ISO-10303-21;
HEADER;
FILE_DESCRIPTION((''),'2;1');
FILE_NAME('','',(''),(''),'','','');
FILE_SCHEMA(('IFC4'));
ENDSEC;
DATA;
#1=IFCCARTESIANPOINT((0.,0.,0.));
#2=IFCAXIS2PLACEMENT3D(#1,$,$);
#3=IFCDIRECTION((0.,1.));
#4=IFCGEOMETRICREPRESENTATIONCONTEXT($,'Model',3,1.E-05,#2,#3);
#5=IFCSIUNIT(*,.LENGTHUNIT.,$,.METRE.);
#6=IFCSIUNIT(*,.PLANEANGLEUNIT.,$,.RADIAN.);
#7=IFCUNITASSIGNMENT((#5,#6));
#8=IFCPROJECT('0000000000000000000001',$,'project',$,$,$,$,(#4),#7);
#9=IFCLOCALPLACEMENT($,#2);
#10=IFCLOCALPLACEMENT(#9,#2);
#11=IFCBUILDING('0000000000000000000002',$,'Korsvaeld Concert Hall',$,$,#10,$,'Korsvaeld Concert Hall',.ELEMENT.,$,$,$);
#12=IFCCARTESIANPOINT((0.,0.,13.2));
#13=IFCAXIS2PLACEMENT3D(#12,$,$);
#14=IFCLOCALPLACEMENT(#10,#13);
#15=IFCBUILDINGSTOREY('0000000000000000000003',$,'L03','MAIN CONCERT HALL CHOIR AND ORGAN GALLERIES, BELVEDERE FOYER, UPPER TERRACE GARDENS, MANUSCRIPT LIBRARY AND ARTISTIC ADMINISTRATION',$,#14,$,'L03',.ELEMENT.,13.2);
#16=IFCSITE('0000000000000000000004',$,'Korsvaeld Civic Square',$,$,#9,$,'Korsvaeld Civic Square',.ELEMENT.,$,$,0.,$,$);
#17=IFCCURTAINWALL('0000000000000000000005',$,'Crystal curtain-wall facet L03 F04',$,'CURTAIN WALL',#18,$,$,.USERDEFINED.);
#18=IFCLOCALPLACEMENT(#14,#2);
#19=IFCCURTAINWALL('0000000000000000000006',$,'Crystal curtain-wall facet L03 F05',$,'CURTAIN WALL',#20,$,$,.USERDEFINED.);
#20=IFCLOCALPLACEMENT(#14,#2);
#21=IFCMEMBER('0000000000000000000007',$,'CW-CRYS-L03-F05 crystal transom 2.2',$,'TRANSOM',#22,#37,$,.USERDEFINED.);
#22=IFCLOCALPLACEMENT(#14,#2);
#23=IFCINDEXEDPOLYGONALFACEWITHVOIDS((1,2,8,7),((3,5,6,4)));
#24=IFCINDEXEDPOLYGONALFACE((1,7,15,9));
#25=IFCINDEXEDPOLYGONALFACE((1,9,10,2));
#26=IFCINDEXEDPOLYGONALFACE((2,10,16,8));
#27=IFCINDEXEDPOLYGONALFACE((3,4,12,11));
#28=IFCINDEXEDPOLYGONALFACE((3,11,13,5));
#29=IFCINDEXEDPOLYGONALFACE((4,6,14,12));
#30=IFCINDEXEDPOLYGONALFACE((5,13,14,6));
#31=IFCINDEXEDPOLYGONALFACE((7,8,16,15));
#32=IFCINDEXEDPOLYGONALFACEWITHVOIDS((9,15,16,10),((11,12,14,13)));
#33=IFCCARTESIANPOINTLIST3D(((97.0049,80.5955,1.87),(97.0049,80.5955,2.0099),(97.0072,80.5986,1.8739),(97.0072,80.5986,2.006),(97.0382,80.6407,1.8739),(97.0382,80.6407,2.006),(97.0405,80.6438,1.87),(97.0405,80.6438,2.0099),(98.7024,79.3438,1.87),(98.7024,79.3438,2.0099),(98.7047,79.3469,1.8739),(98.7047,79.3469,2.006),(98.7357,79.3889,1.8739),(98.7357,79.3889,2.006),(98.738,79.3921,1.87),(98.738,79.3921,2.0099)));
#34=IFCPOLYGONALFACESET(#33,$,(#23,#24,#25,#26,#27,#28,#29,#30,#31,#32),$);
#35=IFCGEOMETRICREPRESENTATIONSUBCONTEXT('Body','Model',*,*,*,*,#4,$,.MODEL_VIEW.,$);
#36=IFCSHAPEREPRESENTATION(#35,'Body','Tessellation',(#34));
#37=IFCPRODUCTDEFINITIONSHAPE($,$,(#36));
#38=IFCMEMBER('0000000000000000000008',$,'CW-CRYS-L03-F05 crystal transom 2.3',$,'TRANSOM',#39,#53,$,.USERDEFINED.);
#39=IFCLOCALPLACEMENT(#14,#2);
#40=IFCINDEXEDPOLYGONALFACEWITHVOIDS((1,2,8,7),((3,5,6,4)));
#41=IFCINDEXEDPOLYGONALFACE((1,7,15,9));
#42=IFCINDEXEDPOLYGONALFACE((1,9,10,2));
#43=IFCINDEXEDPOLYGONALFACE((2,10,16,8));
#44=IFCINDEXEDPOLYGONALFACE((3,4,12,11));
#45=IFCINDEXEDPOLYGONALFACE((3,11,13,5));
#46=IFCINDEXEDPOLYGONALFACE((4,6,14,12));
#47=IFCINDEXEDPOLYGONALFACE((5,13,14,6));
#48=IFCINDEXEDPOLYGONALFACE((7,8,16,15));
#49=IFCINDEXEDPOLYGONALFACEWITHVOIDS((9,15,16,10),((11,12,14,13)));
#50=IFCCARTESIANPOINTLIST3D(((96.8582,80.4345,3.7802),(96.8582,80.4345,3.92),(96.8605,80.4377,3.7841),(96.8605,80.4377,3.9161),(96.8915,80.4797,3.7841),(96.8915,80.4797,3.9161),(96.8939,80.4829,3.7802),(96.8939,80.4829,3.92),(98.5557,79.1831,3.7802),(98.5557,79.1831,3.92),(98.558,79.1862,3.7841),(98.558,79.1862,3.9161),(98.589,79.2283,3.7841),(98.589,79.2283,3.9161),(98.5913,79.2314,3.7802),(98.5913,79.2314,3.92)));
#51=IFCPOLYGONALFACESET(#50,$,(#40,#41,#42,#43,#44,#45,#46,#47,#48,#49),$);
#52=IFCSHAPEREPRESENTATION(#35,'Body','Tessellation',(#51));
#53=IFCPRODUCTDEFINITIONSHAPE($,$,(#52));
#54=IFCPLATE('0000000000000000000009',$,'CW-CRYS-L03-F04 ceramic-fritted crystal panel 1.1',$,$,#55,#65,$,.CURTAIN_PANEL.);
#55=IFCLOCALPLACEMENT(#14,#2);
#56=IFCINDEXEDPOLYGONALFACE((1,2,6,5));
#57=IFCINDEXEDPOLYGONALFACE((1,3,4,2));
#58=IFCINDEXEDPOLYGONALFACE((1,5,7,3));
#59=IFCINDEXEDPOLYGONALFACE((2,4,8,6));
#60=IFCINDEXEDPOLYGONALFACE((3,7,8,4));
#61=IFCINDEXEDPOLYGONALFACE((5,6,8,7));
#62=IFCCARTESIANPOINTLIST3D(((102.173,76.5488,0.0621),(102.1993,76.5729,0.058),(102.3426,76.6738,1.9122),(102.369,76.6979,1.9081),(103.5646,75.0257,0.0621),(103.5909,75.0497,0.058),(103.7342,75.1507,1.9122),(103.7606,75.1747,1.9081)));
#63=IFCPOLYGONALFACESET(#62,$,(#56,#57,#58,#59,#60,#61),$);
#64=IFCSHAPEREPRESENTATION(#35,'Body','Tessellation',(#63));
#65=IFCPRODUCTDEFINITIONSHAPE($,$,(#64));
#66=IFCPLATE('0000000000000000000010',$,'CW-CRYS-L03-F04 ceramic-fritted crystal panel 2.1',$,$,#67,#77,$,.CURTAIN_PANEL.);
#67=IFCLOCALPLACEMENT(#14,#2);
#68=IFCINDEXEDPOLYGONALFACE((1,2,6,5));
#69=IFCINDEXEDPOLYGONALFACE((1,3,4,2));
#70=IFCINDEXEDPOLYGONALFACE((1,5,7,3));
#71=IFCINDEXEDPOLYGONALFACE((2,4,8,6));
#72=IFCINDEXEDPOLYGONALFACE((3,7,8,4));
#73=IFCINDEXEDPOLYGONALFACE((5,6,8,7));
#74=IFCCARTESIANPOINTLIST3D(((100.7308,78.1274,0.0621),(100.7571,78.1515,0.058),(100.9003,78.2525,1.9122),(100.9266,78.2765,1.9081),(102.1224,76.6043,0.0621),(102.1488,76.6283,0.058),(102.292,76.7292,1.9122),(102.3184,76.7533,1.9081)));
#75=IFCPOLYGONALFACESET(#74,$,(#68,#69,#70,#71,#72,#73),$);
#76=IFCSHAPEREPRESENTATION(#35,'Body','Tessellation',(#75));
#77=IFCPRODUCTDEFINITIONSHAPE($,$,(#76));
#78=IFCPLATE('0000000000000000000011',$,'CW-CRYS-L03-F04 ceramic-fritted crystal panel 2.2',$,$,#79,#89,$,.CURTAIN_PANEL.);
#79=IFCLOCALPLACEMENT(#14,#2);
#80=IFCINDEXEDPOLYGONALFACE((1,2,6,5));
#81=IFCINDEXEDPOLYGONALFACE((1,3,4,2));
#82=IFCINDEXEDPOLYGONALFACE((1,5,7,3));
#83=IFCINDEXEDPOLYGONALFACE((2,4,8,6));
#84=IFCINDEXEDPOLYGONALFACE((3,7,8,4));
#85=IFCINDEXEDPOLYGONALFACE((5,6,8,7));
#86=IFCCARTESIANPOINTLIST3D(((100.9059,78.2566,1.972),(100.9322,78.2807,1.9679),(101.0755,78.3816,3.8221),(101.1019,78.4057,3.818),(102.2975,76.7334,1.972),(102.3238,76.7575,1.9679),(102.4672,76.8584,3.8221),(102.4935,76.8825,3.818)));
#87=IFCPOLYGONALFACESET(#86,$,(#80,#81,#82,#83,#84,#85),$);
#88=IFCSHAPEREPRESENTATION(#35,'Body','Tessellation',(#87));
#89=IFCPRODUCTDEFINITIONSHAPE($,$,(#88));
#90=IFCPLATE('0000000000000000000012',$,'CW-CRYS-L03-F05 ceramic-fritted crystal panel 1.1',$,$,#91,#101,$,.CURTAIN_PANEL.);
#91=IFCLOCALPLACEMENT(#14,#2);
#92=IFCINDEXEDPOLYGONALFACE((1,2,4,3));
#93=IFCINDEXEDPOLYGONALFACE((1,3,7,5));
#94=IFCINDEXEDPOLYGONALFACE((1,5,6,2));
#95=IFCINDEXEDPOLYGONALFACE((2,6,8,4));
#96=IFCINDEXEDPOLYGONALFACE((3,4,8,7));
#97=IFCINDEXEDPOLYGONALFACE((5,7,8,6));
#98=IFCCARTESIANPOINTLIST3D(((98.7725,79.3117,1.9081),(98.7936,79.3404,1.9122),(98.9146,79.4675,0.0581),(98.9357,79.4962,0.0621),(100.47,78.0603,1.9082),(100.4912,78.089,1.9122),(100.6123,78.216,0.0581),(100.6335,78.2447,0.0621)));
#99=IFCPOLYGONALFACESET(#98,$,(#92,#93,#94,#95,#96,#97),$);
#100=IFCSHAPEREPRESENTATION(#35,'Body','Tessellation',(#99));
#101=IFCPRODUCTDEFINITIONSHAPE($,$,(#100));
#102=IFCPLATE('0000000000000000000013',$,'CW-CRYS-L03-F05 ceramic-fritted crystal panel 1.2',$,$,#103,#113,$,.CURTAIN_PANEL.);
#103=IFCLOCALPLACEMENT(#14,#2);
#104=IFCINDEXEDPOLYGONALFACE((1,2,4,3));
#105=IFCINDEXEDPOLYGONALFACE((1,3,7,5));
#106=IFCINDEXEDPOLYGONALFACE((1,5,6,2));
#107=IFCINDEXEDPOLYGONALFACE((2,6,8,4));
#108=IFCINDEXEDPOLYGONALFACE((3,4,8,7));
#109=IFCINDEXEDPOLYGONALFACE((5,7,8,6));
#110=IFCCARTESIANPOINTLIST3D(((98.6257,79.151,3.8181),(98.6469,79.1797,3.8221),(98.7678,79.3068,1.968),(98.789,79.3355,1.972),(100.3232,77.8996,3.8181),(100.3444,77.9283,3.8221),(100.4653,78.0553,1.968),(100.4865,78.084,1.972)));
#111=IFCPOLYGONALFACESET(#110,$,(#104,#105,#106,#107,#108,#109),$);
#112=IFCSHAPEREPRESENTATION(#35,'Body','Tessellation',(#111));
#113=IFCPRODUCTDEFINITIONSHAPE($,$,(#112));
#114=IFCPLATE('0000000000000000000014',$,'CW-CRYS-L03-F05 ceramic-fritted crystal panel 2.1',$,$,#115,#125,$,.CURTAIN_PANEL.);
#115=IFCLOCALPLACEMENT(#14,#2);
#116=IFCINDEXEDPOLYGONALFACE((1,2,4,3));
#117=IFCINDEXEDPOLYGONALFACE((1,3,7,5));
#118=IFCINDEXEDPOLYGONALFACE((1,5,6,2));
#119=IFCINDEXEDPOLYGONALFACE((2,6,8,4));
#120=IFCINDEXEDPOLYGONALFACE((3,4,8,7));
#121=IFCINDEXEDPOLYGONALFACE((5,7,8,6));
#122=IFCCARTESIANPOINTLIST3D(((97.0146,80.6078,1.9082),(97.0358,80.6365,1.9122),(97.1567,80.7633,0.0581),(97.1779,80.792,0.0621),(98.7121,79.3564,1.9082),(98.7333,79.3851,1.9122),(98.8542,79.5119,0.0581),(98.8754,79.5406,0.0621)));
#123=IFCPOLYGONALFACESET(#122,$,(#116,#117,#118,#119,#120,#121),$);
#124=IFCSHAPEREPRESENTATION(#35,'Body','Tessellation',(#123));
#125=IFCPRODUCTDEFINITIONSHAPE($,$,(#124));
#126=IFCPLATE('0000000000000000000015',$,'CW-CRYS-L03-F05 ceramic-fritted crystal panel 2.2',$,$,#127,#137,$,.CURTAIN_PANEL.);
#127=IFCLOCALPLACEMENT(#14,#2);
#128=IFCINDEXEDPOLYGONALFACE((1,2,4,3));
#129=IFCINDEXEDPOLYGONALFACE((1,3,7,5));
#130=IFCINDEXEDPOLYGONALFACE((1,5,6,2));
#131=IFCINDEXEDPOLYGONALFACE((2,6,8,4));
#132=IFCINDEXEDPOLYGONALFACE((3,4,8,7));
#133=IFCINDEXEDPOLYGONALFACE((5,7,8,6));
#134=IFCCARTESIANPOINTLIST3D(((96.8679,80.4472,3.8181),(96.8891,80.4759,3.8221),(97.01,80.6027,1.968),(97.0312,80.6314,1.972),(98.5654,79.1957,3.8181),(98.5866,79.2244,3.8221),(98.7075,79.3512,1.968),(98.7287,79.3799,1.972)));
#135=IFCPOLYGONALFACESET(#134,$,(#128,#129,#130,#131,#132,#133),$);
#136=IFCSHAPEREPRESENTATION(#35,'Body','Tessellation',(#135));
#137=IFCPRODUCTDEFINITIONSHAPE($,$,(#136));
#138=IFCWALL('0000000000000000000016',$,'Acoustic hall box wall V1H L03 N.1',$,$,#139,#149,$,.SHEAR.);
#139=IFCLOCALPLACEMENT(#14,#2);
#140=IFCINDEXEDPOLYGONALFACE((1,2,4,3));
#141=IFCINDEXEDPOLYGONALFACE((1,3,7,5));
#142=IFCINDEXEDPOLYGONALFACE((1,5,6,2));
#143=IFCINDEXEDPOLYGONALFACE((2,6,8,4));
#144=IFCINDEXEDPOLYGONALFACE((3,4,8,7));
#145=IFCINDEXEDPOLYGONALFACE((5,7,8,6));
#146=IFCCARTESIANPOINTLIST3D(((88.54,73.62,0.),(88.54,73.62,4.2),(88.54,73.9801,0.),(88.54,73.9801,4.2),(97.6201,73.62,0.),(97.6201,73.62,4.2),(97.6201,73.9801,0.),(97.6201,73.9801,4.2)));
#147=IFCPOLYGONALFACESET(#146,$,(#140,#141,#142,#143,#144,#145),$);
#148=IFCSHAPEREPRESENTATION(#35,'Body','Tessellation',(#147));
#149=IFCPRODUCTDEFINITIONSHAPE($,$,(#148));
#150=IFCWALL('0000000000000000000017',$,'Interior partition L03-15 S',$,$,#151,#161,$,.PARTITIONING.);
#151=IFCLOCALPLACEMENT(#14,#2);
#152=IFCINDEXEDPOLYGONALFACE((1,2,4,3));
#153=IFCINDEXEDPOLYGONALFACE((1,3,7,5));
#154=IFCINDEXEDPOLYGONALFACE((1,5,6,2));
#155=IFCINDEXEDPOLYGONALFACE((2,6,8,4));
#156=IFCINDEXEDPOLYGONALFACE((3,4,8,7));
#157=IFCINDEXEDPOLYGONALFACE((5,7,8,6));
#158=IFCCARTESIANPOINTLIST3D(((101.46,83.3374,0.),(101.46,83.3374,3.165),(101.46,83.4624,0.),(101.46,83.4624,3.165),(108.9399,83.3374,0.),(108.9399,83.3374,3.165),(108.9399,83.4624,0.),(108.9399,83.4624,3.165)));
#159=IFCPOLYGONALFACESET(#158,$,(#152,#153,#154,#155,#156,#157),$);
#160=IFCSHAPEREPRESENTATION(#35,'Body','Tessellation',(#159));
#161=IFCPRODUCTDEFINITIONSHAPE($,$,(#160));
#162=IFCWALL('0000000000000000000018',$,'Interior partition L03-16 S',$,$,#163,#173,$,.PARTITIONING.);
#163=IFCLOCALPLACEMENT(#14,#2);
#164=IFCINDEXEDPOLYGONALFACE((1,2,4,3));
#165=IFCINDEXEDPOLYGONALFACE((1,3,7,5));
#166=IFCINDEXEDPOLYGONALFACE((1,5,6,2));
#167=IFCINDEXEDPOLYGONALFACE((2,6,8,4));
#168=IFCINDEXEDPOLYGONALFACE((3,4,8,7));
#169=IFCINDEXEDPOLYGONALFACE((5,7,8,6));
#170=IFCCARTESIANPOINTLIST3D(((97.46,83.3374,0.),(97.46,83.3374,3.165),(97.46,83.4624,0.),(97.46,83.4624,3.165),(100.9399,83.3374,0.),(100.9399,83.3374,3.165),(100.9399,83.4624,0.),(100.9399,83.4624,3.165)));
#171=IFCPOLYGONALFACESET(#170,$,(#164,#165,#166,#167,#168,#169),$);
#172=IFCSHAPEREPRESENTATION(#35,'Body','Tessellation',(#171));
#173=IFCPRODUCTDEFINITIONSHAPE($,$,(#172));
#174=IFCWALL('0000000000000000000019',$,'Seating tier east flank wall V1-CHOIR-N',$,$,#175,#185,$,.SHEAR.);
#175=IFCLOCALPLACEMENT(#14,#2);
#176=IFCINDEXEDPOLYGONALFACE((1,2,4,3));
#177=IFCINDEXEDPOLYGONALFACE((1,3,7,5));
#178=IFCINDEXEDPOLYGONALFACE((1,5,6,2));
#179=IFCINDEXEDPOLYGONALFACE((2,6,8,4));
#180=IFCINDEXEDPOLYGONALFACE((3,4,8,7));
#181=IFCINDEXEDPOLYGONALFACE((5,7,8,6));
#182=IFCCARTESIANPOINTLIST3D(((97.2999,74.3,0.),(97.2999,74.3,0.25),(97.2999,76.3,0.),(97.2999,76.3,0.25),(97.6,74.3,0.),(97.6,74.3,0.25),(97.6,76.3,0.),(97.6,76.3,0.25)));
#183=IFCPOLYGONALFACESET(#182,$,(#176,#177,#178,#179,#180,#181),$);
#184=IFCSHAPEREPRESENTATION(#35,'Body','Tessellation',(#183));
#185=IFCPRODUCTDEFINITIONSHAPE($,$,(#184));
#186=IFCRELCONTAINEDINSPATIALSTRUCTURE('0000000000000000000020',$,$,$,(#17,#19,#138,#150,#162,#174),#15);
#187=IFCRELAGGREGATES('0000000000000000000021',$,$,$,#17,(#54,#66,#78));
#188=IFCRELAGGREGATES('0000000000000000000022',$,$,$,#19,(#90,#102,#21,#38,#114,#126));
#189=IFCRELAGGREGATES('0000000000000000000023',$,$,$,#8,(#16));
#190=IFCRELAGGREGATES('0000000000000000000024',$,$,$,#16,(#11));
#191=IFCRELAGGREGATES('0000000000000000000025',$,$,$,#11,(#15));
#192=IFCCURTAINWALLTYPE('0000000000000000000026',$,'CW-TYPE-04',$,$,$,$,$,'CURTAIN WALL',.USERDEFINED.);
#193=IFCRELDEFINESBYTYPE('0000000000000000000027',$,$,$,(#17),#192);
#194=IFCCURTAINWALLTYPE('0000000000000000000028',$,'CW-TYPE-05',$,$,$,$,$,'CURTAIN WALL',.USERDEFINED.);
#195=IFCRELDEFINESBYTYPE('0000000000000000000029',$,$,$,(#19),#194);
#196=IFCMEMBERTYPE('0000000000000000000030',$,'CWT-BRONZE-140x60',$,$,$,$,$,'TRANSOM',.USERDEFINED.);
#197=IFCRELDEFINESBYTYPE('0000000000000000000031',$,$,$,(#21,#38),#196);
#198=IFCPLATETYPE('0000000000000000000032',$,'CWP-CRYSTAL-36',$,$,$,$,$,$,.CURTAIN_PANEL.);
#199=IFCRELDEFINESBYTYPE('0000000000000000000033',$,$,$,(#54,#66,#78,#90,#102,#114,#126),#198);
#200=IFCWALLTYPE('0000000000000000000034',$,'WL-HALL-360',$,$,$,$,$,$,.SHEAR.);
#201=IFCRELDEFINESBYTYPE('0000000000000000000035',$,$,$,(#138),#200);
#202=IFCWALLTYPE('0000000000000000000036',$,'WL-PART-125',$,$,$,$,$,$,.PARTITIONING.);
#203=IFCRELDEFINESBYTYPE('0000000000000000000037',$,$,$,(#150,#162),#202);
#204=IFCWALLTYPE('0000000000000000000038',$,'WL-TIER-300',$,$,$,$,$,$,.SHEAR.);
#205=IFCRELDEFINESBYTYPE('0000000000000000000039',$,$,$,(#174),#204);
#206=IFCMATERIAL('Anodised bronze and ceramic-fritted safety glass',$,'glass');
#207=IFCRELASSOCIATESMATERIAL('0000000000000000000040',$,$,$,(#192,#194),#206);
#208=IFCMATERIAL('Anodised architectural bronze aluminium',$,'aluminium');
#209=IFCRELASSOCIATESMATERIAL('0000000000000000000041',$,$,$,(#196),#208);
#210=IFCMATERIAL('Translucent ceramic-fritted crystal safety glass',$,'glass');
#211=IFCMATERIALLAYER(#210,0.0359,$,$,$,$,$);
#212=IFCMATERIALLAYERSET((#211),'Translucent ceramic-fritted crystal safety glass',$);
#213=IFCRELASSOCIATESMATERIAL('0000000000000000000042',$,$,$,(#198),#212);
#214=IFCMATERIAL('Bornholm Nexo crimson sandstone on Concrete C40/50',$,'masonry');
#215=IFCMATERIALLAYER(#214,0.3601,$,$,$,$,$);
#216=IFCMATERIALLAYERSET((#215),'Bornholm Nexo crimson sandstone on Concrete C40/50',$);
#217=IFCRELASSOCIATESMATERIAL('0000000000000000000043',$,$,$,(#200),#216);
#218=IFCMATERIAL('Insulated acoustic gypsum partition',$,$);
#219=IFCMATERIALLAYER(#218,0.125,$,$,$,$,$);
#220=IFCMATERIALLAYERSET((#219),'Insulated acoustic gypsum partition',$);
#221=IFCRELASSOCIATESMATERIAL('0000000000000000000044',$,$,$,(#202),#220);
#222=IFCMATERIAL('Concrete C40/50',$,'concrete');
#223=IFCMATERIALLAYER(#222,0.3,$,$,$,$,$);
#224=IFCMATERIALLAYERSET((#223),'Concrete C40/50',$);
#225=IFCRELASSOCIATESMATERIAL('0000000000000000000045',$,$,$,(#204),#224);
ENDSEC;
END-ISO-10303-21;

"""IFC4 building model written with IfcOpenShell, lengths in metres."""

from ifc_helpers import new_model, si_unit, direction, frame, frame_2d, origin, origin_2d, place, context, subcontext, project, spatial, polyline, rectangle, hollow_rectangle, outline, extrude, material, layer, layer_set, material_profile, profile_set, type_object, element, aggregate, save


model = new_model("IFC4")

# Units and contexts
model_context = context("Model", 3, precision=1e-05, world=origin(), true_north=direction((0.0, 1.0)))
body_context = subcontext(model_context, "Body", "Model", "MODEL_VIEW")
ifc_project = project(units=[si_unit("LENGTHUNIT", "METRE"), si_unit("PLANEANGLEUNIT", "RADIAN")], contexts=[model_context])

# Site, building, storey
site_placement = place(None, origin())
site = spatial("IfcSite", under=ifc_project, at=site_placement, Name="Korsvaeld Civic Square", LongName="Korsvaeld Civic Square", CompositionType="ELEMENT", RefElevation=0.0)
building_placement = place(site_placement, origin())
building = spatial("IfcBuilding", under=site, at=building_placement, Name="Korsvaeld Concert Hall", LongName="Korsvaeld Concert Hall", CompositionType="ELEMENT")
storey_placement = place(building_placement, frame((0.0, 0.0, 13.2)))
storey = spatial("IfcBuildingStorey", under=building, at=storey_placement, Name="L03", Description="MAIN CONCERT HALL CHOIR AND ORGAN GALLERIES, BELVEDERE FOYER, UPPER TERRACE GARDENS, MANUSCRIPT LIBRARY AND ARTISTIC ADMINISTRATION", LongName="L03", CompositionType="ELEMENT", Elevation=13.2)

# Shared definitions
ifc_material_1 = material(Name="Concrete C40/50", Category="concrete")

# Curtain wall
ifc_material_2 = material(Name="Anodised bronze and ceramic-fritted safety glass", Category="glass")
curtain_wall_type_1 = type_object("IfcCurtainWallType", Name="CW-TYPE-04", ElementType="CURTAIN WALL", PredefinedType="USERDEFINED", material=ifc_material_2)
curtain_wall_1_placement = place(storey_placement, origin())
curtain_wall_1 = element("IfcCurtainWall", 1, at=curtain_wall_1_placement, inside=storey, type_object=curtain_wall_type_1, Name="Crystal curtain-wall facet L03 F04", ObjectType="CURTAIN WALL", PredefinedType="USERDEFINED")
ifc_material_3 = material(Name="Anodised architectural bronze aluminium", Category="aluminium")

# Curtain wall
curtain_wall_type_2 = type_object("IfcCurtainWallType", Name="CW-TYPE-05", ElementType="CURTAIN WALL", PredefinedType="USERDEFINED", material=ifc_material_2)
curtain_wall_2_placement = place(storey_placement, origin())
curtain_wall_2 = element("IfcCurtainWall", 2, at=curtain_wall_2_placement, inside=storey, type_object=curtain_wall_type_2, Name="Crystal curtain-wall facet L03 F05", ObjectType="CURTAIN WALL", PredefinedType="USERDEFINED")

# Members
ifc_material_profile_1 = material_profile(ifc_material_3, hollow_rectangle(XDim=0.0601, YDim=0.1399, WallThickness=0.0039, at=origin_2d()), Name="CWT 140x60x4")
ifc_profile_set_1 = profile_set([ifc_material_profile_1], Name="Anodised architectural bronze aluminium")
member_type_1 = type_object("IfcMemberType", Name="CWT-BRONZE-140x60", ElementType="TRANSOM", PredefinedType="USERDEFINED", material=ifc_profile_set_1)
member_1_placement = place(storey_placement, frame((98.7202, 79.3679, 1.9399), z_axis=(-0.804849, 0.593479, 0.0), x_axis=(-0.593479, -0.804849, 0.0)))
member_1 = element("IfcMember", 3, at=member_1_placement, type_object=member_type_1, Name="CW-CRYS-L03-F05 crystal transom 2.2", ObjectType="TRANSOM", PredefinedType="USERDEFINED", context=body_context, shape_type="SweptSolid", body=[
    extrude(hollow_rectangle(XDim=0.0601, YDim=0.1399, WallThickness=0.0039, at=origin_2d()), origin(), (0.0, 0.0, 1.0), 2.1091),
])
member_2_placement = place(storey_placement, frame((98.5735, 79.2073, 3.8501), z_axis=(-0.804905, 0.593404, 0.0), x_axis=(-0.593404, -0.804905, 0.0)))
member_2 = element("IfcMember", 4, at=member_2_placement, type_object=member_type_1, Name="CW-CRYS-L03-F05 crystal transom 2.3", ObjectType="TRANSOM", PredefinedType="USERDEFINED", context=body_context, shape_type="SweptSolid", body=[
    extrude(hollow_rectangle(XDim=0.0601, YDim=0.1399, WallThickness=0.0039, at=origin_2d()), origin(), (0.0, 0.0, 1.0), 2.1089),
])

# Plates
ifc_material_4 = material(Name="Translucent ceramic-fritted crystal safety glass", Category="glass")
ifc_layer_1 = layer(ifc_material_4, 0.0359)
ifc_layer_set_1 = layer_set([ifc_layer_1], Name="Translucent ceramic-fritted crystal safety glass")
plate_type = type_object("IfcPlateType", Name="CWP-CRYSTAL-36", PredefinedType="CURTAIN_PANEL", material=ifc_layer_set_1)
plate_1_placement = place(storey_placement, frame((103.5776, 75.0376, 0.0601), z_axis=(0.733586, 0.67021, -0.112561), x_axis=(-0.674497, 0.738278, 0.0)))
plate_1 = element("IfcPlate", 5, at=plate_1_placement, type_object=plate_type, Name="CW-CRYS-L03-F04 ceramic-fritted crystal panel 1.1", PredefinedType="CURTAIN_PANEL", context=body_context, shape_type="SweptSolid", body=[
    extrude(outline(polyline([(0.0, 0.0), (2.0632, 0.0), (2.041, 1.8619), (-0.0222, 1.8619), (0.0, 0.0)])), frame((0.0, 0.0, 0.0181)), (0.0, 0.0, -1.0), 0.0359),
])
plate_2_placement = place(storey_placement, frame((102.1355, 76.6162, 0.0601), z_axis=(0.733561, 0.670246, -0.112513), x_axis=(-0.674528, 0.738249, 0.000005)))
plate_2 = element("IfcPlate", 6, at=plate_2_placement, type_object=plate_type, Name="CW-CRYS-L03-F04 ceramic-fritted crystal panel 2.1", PredefinedType="CURTAIN_PANEL", context=body_context, shape_type="SweptSolid", body=[
    extrude(outline(polyline([(0.0, 0.0), (2.0632, 0.0), (2.0412, 1.8619), (-0.0222, 1.8619), (0.0, 0.0)])), frame((0.0, 0.0, 0.0181)), (0.0, 0.0, -1.0), 0.0359),
])
plate_3_placement = place(storey_placement, frame((102.3105, 76.7454, 1.97), z_axis=(0.733586, 0.67021, -0.112561), x_axis=(-0.674497, 0.738278, 0.0)))
plate_3 = element("IfcPlate", 7, at=plate_3_placement, type_object=plate_type, Name="CW-CRYS-L03-F04 ceramic-fritted crystal panel 2.2", PredefinedType="CURTAIN_PANEL", context=body_context, shape_type="SweptSolid", body=[
    extrude(outline(polyline([(0.0, 0.0), (2.0632, 0.0), (2.041, 1.8619), (-0.0222, 1.8619), (0.0, 0.0)])), frame((0.0, 0.0, 0.0181)), (0.0, 0.0, -1.0), 0.0359),
])
aggregate(curtain_wall_1, [plate_1, plate_2, plate_3])
plate_4_placement = place(storey_placement, frame((100.6228, 78.2302, 0.0601), z_axis=(0.589599, 0.799801, 0.112657), x_axis=(-0.804925, 0.593376, 0.000004)))
plate_4 = element("IfcPlate", 8, at=plate_4_placement, type_object=plate_type, Name="CW-CRYS-L03-F05 ceramic-fritted crystal panel 1.1", PredefinedType="CURTAIN_PANEL", context=body_context, shape_type="SweptSolid", body=[
    extrude(outline(polyline([(0.0, 0.0), (2.1092, 0.0), (2.1311, 1.8619), (0.0221, 1.862), (0.0, 0.0)])), frame((0.0, 0.0, 0.0181)), (0.0, 0.0, -1.0), 0.0359),
])
plate_5_placement = place(storey_placement, frame((100.4758, 78.0696, 1.97), z_axis=(0.589629, 0.799784, 0.112619), x_axis=(-0.804905, 0.593404, 0.0)))
plate_5 = element("IfcPlate", 9, at=plate_5_placement, type_object=plate_type, Name="CW-CRYS-L03-F05 ceramic-fritted crystal panel 1.2", PredefinedType="CURTAIN_PANEL", context=body_context, shape_type="SweptSolid", body=[
    extrude(outline(polyline([(0.0, 0.0), (2.109, 0.0), (2.1309, 1.8619), (0.0219, 1.8619), (0.0, 0.0)])), frame((0.0, 0.0, 0.0181)), (0.0, 0.0, -1.0), 0.0359),
])
plate_6_placement = place(storey_placement, frame((98.8647, 79.5261, 0.0601), z_axis=(0.589636, 0.799793, 0.112515), x_axis=(-0.804905, 0.593404, 0.0)))
plate_6 = element("IfcPlate", 10, at=plate_6_placement, type_object=plate_type, Name="CW-CRYS-L03-F05 ceramic-fritted crystal panel 2.1", PredefinedType="CURTAIN_PANEL", context=body_context, shape_type="SweptSolid", body=[
    extrude(outline(polyline([(0.0, 0.0), (2.109, 0.0), (2.131, 1.8619), (0.0221, 1.8619), (0.0, 0.0)])), frame((0.0, 0.0, 0.0181)), (0.0, 0.0, -1.0), 0.0359),
])
plate_7_placement = place(storey_placement, frame((98.718, 79.3655, 1.97), z_axis=(0.589636, 0.799793, 0.112515), x_axis=(-0.804905, 0.593404, 0.0)))
plate_7 = element("IfcPlate", 11, at=plate_7_placement, type_object=plate_type, Name="CW-CRYS-L03-F05 ceramic-fritted crystal panel 2.2", PredefinedType="CURTAIN_PANEL", context=body_context, shape_type="SweptSolid", body=[
    extrude(outline(polyline([(0.0, 0.0), (2.109, 0.0), (2.131, 1.8619), (0.0221, 1.8619), (0.0, 0.0)])), frame((0.0, 0.0, 0.0181)), (0.0, 0.0, -1.0), 0.0359),
])
aggregate(curtain_wall_2, [plate_4, plate_5, member_1, member_2, plate_6, plate_7])

# Walls
ifc_material_5 = material(Name="Bornholm Nexo crimson sandstone on Concrete C40/50", Category="masonry")
ifc_layer_2 = layer(ifc_material_5, 0.3601)
ifc_layer_set_2 = layer_set([ifc_layer_2], Name="Bornholm Nexo crimson sandstone on Concrete C40/50")
wall_type_1 = type_object("IfcWallType", Name="WL-HALL-360", PredefinedType="SHEAR", material=ifc_layer_set_2)
wall_1_placement = place(storey_placement, frame((97.6201, 73.8, 0.0), z_axis=(0.0, 0.0, 1.0), x_axis=(-1.0, 0.0, 0.0)))
element("IfcWall", 12, at=wall_1_placement, inside=storey, type_object=wall_type_1, Name="Acoustic hall box wall V1H L03 N.1", PredefinedType="SHEAR", context=body_context, shape_type="SweptSolid", body=[
    extrude(rectangle(XDim=9.0801, YDim=0.3601, at=frame_2d((4.54, 0.0))), origin(), (0.0, 0.0, 1.0), 4.2),
])
ifc_material_6 = material(Name="Insulated acoustic gypsum partition")
ifc_layer_3 = layer(ifc_material_6, 0.125)
ifc_layer_set_3 = layer_set([ifc_layer_3], Name="Insulated acoustic gypsum partition")
wall_type_2 = type_object("IfcWallType", Name="WL-PART-125", PredefinedType="PARTITIONING", material=ifc_layer_set_3)
wall_2_placement = place(storey_placement, frame((101.46, 83.3999, 0.0), z_axis=(0.0, 0.0, 1.0), x_axis=(1.0, 0.0, 0.0)))
element("IfcWall", 13, at=wall_2_placement, inside=storey, type_object=wall_type_2, Name="Interior partition L03-15 S", PredefinedType="PARTITIONING", context=body_context, shape_type="SweptSolid", body=[
    extrude(rectangle(XDim=7.48, YDim=0.125, at=frame_2d((3.74, 0.0))), origin(), (0.0, 0.0, 1.0), 3.165),
])
wall_3_placement = place(storey_placement, frame((97.46, 83.3999, 0.0), z_axis=(0.0, 0.0, 1.0), x_axis=(1.0, 0.0, 0.0)))
element("IfcWall", 14, at=wall_3_placement, inside=storey, type_object=wall_type_2, Name="Interior partition L03-16 S", PredefinedType="PARTITIONING", context=body_context, shape_type="SweptSolid", body=[
    extrude(rectangle(XDim=3.48, YDim=0.125, at=frame_2d((1.74, 0.0))), origin(), (0.0, 0.0, 1.0), 3.165),
])
ifc_layer_4 = layer(ifc_material_1, 0.3)
ifc_layer_set_4 = layer_set([ifc_layer_4], Name="Concrete C40/50")
wall_type_3 = type_object("IfcWallType", Name="WL-TIER-300", PredefinedType="SHEAR", material=ifc_layer_set_4)
wall_4_placement = place(storey_placement, frame((97.45, 74.3, 0.0), z_axis=(0.0, 0.0, 1.0), x_axis=(0.0, 1.0, 0.0)))
element("IfcWall", 15, at=wall_4_placement, inside=storey, type_object=wall_type_3, Name="Seating tier east flank wall V1-CHOIR-N", PredefinedType="SHEAR", context=body_context, shape_type="SweptSolid", body=[
    extrude(rectangle(XDim=2.0, YDim=0.3, at=frame_2d((1.0, 0.0))), origin(), (0.0, 0.0, 1.0), 0.25),
])

save(model, "model.ifc")
